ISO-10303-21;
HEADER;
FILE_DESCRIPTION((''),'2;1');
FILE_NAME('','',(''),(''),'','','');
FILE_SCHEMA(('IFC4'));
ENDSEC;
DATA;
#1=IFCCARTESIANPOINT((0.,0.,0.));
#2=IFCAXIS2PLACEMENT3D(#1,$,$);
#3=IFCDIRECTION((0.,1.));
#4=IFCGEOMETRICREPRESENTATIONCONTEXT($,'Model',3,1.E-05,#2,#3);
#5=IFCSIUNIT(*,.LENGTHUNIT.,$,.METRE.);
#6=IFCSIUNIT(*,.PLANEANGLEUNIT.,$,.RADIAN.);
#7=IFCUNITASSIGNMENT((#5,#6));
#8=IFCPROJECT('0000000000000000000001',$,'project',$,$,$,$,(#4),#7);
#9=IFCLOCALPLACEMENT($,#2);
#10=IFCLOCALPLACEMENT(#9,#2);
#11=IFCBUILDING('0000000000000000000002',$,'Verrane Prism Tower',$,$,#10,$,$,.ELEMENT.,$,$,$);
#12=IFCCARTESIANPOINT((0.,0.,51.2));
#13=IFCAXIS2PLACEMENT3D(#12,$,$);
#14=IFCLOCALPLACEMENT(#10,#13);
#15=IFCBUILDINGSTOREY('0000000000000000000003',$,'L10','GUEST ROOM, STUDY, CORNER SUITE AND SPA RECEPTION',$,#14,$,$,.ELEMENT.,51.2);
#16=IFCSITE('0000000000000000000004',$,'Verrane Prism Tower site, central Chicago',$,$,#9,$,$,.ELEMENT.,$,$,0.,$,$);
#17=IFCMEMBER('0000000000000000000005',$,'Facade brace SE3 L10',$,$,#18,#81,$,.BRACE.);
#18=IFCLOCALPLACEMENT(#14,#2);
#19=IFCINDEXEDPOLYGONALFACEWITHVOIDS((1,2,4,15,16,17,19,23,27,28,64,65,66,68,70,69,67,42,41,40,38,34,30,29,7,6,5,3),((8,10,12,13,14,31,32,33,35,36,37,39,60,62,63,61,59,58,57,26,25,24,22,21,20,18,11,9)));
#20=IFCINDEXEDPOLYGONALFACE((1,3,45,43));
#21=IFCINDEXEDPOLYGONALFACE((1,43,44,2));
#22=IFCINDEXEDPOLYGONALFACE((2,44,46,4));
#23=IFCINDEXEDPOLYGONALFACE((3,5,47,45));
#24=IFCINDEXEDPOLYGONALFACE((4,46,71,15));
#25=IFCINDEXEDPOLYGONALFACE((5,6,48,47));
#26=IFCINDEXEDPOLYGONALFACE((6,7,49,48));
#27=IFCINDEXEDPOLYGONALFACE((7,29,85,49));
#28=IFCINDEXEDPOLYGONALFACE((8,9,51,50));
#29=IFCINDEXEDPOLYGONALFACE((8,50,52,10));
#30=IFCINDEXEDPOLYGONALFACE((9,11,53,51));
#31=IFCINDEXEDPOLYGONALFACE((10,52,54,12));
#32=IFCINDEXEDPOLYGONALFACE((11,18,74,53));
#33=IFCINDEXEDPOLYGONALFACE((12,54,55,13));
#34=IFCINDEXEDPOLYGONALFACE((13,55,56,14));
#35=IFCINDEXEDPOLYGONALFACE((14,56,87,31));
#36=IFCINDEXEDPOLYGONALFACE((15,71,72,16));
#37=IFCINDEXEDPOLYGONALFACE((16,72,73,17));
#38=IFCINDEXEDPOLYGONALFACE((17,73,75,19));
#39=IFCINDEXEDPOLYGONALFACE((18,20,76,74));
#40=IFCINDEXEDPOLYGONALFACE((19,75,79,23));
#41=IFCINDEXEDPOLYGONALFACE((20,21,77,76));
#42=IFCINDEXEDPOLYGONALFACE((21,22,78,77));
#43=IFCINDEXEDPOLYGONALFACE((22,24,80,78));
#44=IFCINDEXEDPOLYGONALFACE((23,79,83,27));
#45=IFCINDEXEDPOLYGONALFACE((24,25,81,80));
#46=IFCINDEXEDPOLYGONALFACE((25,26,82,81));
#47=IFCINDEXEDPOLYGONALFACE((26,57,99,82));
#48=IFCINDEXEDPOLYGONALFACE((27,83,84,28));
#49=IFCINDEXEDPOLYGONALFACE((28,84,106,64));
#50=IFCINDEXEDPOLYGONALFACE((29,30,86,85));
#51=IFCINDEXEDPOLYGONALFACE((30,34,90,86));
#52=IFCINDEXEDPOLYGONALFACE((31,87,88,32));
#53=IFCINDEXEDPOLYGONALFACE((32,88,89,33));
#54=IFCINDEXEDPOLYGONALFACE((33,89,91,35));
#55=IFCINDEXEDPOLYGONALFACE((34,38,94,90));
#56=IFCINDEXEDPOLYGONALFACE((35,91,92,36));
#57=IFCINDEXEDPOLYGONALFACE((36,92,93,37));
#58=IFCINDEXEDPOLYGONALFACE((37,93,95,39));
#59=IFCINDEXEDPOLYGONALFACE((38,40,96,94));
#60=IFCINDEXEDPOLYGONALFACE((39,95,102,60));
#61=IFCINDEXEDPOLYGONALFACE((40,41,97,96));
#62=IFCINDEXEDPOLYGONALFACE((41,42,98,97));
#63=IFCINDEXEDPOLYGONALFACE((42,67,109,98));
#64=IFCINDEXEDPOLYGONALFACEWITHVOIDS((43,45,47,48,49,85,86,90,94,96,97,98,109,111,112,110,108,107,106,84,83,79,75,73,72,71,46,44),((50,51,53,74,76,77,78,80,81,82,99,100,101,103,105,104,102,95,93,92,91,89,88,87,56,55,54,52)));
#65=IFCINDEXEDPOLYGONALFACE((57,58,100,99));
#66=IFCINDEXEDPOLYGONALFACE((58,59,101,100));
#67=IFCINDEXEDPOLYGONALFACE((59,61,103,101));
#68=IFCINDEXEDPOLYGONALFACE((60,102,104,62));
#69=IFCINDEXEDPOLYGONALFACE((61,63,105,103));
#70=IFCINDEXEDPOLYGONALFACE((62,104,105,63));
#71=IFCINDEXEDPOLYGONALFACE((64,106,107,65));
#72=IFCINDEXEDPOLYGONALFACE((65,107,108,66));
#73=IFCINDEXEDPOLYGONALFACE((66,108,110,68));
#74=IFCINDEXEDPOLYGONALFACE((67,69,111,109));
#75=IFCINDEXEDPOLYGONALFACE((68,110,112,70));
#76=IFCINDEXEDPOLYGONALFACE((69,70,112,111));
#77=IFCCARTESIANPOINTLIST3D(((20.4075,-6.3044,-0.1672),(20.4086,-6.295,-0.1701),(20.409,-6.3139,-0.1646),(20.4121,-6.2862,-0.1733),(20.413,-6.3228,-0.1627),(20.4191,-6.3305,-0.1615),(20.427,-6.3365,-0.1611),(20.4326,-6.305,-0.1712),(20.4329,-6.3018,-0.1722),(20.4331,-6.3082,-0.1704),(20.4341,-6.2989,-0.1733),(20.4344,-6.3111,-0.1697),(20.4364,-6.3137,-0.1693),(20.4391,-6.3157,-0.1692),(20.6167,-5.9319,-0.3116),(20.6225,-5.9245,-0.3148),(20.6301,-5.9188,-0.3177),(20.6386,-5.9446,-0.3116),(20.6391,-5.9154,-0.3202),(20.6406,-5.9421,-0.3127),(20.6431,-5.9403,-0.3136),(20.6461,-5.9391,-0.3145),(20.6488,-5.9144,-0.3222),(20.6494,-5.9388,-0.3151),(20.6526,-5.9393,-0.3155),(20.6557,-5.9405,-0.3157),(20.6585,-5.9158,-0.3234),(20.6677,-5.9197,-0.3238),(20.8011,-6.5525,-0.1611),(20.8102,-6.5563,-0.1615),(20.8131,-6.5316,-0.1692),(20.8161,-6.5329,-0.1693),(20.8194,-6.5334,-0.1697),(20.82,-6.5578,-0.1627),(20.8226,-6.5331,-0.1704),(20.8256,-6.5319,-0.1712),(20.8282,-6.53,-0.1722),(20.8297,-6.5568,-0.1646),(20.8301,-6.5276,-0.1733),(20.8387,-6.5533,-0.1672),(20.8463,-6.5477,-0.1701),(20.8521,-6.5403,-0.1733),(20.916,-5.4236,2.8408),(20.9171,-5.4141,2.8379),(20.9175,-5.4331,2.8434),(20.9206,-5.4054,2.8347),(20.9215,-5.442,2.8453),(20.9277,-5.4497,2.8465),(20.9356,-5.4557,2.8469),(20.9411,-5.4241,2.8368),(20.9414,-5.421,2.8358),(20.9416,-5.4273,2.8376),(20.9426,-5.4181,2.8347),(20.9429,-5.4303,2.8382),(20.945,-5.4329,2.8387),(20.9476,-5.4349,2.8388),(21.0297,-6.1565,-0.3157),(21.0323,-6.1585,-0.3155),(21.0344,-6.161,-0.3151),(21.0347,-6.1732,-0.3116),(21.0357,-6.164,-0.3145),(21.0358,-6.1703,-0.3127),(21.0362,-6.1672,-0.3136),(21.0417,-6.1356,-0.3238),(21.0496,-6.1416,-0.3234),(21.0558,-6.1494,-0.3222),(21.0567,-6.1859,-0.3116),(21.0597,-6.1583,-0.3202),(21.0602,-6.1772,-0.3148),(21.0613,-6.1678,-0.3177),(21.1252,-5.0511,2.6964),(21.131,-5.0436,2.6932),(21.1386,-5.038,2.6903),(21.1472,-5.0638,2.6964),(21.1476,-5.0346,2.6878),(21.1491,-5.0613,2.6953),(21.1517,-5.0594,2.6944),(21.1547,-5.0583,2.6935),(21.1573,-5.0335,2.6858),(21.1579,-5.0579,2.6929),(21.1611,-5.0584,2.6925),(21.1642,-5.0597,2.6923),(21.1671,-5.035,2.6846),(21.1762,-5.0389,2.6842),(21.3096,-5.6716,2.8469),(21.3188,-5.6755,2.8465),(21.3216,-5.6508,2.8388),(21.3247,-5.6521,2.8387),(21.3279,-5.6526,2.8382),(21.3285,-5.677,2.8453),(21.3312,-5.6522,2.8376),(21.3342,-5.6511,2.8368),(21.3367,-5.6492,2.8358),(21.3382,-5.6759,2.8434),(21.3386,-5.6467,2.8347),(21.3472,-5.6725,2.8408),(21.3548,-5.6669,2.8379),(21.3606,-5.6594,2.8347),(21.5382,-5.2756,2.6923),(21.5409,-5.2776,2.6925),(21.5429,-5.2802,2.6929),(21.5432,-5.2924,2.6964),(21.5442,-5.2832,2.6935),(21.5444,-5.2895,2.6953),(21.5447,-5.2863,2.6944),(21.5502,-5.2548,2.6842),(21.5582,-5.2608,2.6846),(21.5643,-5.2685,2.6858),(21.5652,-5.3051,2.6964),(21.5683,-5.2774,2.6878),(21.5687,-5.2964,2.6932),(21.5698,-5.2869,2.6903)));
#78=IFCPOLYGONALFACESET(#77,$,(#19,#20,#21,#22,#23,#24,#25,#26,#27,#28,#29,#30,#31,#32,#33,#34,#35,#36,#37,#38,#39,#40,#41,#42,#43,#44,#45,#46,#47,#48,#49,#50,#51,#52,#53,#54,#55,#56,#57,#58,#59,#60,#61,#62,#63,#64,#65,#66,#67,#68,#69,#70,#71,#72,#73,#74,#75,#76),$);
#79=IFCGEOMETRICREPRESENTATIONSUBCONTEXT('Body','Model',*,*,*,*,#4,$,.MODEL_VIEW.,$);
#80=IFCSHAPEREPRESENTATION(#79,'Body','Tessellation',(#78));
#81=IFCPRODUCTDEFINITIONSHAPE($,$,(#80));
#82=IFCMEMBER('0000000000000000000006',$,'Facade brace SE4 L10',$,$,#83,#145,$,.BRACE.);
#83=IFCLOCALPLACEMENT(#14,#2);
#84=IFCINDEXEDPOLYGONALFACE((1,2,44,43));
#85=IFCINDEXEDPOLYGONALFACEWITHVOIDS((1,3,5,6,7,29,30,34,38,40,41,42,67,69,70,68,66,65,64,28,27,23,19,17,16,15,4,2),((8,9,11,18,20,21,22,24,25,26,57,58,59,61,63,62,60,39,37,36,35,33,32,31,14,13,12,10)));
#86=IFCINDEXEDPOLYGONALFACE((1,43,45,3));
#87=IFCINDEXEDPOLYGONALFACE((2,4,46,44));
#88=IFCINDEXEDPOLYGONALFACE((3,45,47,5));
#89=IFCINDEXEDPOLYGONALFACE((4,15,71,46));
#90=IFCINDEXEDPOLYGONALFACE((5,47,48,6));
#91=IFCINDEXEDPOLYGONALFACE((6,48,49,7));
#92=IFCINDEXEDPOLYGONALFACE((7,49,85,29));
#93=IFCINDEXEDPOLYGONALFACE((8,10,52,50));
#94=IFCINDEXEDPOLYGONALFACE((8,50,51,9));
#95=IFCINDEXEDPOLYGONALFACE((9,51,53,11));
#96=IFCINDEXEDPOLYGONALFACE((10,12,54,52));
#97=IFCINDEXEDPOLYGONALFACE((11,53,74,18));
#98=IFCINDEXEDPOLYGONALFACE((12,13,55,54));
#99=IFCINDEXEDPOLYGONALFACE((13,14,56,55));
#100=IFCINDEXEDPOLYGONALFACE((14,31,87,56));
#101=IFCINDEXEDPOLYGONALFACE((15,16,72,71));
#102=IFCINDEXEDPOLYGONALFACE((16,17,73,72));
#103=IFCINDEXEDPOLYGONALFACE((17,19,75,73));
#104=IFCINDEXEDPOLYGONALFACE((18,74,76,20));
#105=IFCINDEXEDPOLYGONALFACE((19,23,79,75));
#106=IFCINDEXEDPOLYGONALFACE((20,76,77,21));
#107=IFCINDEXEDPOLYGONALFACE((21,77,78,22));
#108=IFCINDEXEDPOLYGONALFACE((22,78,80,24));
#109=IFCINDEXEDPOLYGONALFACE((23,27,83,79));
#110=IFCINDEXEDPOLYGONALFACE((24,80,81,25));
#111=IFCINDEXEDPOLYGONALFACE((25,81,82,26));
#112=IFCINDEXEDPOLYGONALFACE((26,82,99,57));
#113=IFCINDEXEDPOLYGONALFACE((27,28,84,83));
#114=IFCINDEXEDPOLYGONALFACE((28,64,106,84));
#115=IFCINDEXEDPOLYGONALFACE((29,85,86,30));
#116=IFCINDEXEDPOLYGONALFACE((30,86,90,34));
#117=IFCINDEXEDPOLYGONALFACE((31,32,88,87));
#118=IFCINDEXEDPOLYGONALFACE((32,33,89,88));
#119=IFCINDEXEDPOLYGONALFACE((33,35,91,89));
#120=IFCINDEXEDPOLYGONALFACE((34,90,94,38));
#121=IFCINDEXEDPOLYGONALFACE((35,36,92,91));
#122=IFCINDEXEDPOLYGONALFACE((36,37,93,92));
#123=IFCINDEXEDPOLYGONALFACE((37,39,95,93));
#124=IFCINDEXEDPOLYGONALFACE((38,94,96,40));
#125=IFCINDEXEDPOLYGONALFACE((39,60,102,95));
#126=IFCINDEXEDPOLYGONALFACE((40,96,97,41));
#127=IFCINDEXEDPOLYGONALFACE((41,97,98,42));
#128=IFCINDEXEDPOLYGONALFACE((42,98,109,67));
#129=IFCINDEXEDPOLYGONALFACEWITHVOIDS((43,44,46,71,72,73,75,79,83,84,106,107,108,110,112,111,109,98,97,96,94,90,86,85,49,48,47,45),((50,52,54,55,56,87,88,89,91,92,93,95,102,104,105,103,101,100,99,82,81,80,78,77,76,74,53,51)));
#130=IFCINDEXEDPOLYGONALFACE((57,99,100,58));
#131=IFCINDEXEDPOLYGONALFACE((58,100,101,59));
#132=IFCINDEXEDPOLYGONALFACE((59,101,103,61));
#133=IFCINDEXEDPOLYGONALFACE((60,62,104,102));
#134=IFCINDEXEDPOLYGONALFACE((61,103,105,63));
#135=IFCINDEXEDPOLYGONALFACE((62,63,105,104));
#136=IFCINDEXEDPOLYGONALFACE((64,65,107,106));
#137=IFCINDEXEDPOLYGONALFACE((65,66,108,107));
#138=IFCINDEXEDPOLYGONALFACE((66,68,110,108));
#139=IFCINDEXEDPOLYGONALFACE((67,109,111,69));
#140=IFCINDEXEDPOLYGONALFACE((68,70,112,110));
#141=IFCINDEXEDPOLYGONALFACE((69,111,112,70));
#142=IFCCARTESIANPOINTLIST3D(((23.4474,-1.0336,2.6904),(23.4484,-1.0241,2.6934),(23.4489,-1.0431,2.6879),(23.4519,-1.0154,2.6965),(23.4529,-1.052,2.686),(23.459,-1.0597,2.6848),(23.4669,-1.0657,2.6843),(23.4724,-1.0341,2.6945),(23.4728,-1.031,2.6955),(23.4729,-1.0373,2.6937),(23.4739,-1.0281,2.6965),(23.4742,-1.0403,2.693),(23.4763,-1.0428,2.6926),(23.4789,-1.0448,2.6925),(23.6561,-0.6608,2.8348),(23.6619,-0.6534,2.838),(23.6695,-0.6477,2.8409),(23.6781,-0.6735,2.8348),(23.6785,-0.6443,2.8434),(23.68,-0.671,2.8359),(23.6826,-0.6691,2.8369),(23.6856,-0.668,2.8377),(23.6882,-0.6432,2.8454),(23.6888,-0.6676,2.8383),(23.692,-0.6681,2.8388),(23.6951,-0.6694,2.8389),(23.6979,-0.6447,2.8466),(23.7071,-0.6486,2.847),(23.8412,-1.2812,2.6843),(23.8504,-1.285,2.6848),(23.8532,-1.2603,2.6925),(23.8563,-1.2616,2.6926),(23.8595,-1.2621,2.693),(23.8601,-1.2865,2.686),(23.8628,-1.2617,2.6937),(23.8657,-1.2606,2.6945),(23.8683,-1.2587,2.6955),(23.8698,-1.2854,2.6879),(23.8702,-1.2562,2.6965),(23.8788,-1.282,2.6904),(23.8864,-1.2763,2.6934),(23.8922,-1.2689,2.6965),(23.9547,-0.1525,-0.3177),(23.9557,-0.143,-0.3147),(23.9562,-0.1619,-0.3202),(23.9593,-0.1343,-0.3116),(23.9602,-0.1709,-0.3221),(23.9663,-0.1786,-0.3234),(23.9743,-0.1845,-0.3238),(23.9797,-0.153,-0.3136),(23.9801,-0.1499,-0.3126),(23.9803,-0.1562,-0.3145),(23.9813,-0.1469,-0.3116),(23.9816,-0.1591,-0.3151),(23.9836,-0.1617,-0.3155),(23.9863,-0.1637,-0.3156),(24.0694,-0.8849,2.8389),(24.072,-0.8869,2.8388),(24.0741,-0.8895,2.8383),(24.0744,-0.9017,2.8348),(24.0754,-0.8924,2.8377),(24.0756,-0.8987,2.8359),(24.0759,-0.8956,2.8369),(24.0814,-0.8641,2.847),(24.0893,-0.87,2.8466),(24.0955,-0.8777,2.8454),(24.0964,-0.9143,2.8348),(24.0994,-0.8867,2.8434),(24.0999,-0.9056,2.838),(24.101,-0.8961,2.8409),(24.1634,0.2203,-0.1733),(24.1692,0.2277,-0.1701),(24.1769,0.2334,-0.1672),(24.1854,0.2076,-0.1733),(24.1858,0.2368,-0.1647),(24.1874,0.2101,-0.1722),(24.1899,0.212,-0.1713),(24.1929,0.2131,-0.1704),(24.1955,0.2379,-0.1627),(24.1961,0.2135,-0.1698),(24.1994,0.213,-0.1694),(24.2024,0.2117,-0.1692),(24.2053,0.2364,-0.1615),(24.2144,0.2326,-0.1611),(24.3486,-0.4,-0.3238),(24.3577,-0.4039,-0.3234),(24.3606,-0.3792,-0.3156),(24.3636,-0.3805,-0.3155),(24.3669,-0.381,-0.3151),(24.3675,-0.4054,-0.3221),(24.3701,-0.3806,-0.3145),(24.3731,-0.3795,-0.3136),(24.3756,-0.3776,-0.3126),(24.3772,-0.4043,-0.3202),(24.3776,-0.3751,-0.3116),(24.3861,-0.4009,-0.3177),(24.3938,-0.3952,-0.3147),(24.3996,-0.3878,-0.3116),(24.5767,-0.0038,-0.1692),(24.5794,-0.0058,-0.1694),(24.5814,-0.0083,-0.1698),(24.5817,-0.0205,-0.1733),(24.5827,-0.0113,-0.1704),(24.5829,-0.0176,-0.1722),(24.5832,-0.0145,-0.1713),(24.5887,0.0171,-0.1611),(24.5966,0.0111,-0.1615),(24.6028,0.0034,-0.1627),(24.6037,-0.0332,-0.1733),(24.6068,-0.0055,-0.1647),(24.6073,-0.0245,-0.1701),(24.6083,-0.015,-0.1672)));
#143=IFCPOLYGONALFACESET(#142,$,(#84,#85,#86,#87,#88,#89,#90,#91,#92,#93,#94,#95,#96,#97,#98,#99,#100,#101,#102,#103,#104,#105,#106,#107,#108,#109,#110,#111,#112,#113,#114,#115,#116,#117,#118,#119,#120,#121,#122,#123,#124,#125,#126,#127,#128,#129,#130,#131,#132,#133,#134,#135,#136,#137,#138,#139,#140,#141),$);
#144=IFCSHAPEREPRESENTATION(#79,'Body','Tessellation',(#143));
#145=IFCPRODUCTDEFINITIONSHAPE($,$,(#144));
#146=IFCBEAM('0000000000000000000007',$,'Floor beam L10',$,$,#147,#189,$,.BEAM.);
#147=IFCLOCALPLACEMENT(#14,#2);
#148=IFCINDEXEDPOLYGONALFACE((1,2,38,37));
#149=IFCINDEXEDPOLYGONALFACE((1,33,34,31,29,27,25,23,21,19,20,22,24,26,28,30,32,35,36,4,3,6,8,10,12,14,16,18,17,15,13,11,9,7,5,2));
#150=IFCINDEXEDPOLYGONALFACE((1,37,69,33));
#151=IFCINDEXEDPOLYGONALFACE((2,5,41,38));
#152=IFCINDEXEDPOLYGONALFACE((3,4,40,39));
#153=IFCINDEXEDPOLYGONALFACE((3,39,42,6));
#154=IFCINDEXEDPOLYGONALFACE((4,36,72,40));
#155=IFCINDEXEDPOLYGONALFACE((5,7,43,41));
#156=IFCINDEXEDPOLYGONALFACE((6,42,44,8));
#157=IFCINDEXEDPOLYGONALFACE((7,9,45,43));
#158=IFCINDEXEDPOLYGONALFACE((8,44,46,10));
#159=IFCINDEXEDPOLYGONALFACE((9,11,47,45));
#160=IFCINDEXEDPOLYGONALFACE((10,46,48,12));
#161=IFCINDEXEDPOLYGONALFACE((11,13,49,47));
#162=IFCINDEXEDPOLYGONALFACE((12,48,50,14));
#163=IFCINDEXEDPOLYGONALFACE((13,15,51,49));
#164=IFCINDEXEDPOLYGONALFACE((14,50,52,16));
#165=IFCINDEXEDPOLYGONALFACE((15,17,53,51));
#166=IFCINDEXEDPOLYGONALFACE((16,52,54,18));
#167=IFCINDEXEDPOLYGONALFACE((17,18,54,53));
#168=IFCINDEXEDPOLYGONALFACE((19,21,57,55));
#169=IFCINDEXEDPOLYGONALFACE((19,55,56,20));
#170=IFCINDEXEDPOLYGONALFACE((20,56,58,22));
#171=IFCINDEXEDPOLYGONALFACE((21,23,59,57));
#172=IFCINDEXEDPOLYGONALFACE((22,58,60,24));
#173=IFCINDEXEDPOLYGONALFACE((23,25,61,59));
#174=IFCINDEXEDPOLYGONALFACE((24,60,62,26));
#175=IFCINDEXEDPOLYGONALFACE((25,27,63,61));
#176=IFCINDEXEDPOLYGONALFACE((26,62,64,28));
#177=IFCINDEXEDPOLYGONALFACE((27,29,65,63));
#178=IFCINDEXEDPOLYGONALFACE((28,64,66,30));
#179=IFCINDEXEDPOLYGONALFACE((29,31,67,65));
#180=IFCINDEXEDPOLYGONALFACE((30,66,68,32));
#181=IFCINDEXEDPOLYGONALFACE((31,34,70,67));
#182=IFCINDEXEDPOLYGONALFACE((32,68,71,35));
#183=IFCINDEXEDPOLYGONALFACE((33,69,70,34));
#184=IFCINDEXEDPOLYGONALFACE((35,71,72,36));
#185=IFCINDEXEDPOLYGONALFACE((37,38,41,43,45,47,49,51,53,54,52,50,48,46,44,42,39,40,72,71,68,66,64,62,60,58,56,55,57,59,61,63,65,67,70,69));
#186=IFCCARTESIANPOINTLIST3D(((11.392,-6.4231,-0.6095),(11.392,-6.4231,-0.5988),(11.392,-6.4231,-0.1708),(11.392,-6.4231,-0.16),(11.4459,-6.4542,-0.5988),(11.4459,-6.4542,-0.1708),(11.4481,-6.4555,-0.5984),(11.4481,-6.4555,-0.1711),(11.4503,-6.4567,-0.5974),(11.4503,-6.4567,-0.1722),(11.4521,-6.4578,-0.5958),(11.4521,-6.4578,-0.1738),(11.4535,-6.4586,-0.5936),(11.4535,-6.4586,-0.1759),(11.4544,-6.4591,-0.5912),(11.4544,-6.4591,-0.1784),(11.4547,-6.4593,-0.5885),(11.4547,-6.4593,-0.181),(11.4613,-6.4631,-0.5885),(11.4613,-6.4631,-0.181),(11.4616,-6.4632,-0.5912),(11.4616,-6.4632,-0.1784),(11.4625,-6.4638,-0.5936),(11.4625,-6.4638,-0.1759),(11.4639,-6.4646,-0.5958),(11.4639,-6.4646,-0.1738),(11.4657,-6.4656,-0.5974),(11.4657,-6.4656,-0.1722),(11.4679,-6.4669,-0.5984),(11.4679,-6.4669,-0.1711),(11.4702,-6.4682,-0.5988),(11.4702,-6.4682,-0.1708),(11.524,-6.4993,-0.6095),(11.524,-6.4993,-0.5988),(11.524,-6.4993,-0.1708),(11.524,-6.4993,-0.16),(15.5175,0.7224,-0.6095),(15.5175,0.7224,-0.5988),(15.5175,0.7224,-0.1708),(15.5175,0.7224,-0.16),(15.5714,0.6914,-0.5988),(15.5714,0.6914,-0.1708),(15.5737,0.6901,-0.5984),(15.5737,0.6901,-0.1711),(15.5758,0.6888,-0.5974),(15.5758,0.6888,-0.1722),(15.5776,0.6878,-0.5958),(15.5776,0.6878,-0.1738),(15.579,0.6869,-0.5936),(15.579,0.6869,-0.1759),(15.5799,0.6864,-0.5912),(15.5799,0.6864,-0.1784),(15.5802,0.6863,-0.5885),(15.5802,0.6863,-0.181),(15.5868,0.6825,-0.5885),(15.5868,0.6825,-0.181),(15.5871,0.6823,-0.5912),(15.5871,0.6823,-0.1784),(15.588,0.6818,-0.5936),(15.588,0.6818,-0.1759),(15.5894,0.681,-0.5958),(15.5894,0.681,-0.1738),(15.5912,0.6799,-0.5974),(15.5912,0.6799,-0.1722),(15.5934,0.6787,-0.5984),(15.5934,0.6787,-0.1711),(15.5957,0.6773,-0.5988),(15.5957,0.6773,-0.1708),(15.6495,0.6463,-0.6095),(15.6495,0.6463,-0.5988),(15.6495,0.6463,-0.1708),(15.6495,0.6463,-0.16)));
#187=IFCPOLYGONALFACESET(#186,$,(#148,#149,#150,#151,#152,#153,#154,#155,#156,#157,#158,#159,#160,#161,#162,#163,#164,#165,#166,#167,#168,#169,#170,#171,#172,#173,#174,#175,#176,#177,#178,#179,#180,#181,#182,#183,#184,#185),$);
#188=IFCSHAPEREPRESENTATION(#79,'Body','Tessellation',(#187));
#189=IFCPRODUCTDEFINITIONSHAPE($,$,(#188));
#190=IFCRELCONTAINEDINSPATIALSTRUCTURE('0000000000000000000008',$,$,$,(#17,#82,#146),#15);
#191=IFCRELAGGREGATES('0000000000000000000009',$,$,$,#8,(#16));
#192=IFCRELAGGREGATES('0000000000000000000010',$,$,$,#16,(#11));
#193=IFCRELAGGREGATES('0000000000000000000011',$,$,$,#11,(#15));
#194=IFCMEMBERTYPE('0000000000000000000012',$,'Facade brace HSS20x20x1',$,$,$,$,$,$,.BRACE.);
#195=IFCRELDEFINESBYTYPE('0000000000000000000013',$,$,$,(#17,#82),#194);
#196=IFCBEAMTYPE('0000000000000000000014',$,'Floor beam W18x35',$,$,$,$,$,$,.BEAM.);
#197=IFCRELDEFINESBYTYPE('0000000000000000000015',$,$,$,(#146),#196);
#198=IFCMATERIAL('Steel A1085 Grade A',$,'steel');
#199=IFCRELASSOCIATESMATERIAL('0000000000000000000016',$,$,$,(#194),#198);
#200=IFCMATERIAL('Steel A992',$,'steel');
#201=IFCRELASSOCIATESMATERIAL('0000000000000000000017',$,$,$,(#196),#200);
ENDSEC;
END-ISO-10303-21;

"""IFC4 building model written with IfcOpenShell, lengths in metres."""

from ifc_helpers import new_model, si_unit, direction, frame, origin, origin_2d, place, context, subcontext, project, spatial, hollow_rectangle, i_section, extrude, material, material_profile, profile_set, type_object, element, save


model = new_model("IFC4")

# Units and contexts
model_context = context("Model", 3, precision=1e-05, world=origin(), true_north=direction((0.0, 1.0)))
body_context = subcontext(model_context, "Body", "Model", "MODEL_VIEW")
ifc_project = project(units=[si_unit("LENGTHUNIT", "METRE"), si_unit("PLANEANGLEUNIT", "RADIAN")], contexts=[model_context])

# Site, building, storey
site_placement = place(None, origin())
site = spatial("IfcSite", under=ifc_project, at=site_placement, Name="Verrane Prism Tower site, central Chicago", CompositionType="ELEMENT", RefElevation=0.0)
building_placement = place(site_placement, origin())
building = spatial("IfcBuilding", under=site, at=building_placement, Name="Verrane Prism Tower", CompositionType="ELEMENT")
storey_placement = place(building_placement, frame((0.0, 0.0, 51.2)))
storey = spatial("IfcBuildingStorey", under=building, at=storey_placement, Name="L10", Description="GUEST ROOM, STUDY, CORNER SUITE AND SPA RECEPTION", CompositionType="ELEMENT", Elevation=51.2)

# Members
ifc_material_1 = material(Name="Steel A1085 Grade A", Category="steel")
ifc_material_profile_1 = material_profile(ifc_material_1, hollow_rectangle(XDim=0.5081, YDim=0.5081, WallThickness=0.0254, InnerFilletRadius=0.0127, OuterFilletRadius=0.0381, at=origin_2d()), Name="HSS20x20x1")
ifc_profile_set_1 = profile_set([ifc_material_profile_1], Name="Steel A1085 Grade A")
member_type_1 = type_object("IfcMemberType", Name="Facade brace HSS20x20x1", PredefinedType="BRACE", material=ifc_profile_set_1)
for number, where, z_axis, x_axis, name in (
    (1, (20.7344, -6.2361, -0.2424), (0.160153, 0.277404, 0.947311), (-0.866034, 0.499986, 0.0), "Facade brace SE3 L10"),
    (2, (24.2815, -0.0837, -0.2424), (-0.159775, -0.277492, 0.947349), (0.866613, -0.498981, 0.0), "Facade brace SE4 L10"),
):
    element("IfcMember", number, at=place(storey_placement, frame(where, z_axis=z_axis, x_axis=x_axis)), inside=storey, type_object=member_type_1, Name=name, PredefinedType="BRACE", context=body_context, shape_type="SweptSolid", body=[
        extrude(hollow_rectangle(XDim=0.5081, YDim=0.5081, WallThickness=0.0254, InnerFilletRadius=0.0127, OuterFilletRadius=0.0381, at=origin_2d()), origin(), (0.0, 0.0, 1.0), 3.1753),
    ])

# Beam
ifc_material_2 = material(Name="Steel A992", Category="steel")
ifc_material_profile_2 = material_profile(ifc_material_2, i_section(OverallWidth=0.1523, OverallDepth=0.4495, WebThickness=0.0076, FlangeThickness=0.0107, FilletRadius=0.0103, at=origin_2d()), Name="W18x35")
ifc_profile_set_2 = profile_set([ifc_material_profile_2], Name="Steel A992")
beam_type_1 = type_object("IfcBeamType", Name="Floor beam W18x35", PredefinedType="BEAM", material=ifc_profile_set_2)
beam_1_placement = place(storey_placement, frame((11.458, -6.4612, -0.3848), z_axis=(0.500002, 0.866024, 0.0), x_axis=(-0.866024, 0.500002, 0.0)))
element("IfcBeam", 3, at=beam_1_placement, inside=storey, type_object=beam_type_1, Name="Floor beam L10", PredefinedType="BEAM", context=body_context, shape_type="SweptSolid", body=[
    extrude(i_section(OverallWidth=0.1523, OverallDepth=0.4495, WebThickness=0.0076, FlangeThickness=0.0107, FilletRadius=0.0103, at=origin_2d()), origin(), (0.0, 0.0, 1.0), 8.251),
])

save(model, "model.ifc")
